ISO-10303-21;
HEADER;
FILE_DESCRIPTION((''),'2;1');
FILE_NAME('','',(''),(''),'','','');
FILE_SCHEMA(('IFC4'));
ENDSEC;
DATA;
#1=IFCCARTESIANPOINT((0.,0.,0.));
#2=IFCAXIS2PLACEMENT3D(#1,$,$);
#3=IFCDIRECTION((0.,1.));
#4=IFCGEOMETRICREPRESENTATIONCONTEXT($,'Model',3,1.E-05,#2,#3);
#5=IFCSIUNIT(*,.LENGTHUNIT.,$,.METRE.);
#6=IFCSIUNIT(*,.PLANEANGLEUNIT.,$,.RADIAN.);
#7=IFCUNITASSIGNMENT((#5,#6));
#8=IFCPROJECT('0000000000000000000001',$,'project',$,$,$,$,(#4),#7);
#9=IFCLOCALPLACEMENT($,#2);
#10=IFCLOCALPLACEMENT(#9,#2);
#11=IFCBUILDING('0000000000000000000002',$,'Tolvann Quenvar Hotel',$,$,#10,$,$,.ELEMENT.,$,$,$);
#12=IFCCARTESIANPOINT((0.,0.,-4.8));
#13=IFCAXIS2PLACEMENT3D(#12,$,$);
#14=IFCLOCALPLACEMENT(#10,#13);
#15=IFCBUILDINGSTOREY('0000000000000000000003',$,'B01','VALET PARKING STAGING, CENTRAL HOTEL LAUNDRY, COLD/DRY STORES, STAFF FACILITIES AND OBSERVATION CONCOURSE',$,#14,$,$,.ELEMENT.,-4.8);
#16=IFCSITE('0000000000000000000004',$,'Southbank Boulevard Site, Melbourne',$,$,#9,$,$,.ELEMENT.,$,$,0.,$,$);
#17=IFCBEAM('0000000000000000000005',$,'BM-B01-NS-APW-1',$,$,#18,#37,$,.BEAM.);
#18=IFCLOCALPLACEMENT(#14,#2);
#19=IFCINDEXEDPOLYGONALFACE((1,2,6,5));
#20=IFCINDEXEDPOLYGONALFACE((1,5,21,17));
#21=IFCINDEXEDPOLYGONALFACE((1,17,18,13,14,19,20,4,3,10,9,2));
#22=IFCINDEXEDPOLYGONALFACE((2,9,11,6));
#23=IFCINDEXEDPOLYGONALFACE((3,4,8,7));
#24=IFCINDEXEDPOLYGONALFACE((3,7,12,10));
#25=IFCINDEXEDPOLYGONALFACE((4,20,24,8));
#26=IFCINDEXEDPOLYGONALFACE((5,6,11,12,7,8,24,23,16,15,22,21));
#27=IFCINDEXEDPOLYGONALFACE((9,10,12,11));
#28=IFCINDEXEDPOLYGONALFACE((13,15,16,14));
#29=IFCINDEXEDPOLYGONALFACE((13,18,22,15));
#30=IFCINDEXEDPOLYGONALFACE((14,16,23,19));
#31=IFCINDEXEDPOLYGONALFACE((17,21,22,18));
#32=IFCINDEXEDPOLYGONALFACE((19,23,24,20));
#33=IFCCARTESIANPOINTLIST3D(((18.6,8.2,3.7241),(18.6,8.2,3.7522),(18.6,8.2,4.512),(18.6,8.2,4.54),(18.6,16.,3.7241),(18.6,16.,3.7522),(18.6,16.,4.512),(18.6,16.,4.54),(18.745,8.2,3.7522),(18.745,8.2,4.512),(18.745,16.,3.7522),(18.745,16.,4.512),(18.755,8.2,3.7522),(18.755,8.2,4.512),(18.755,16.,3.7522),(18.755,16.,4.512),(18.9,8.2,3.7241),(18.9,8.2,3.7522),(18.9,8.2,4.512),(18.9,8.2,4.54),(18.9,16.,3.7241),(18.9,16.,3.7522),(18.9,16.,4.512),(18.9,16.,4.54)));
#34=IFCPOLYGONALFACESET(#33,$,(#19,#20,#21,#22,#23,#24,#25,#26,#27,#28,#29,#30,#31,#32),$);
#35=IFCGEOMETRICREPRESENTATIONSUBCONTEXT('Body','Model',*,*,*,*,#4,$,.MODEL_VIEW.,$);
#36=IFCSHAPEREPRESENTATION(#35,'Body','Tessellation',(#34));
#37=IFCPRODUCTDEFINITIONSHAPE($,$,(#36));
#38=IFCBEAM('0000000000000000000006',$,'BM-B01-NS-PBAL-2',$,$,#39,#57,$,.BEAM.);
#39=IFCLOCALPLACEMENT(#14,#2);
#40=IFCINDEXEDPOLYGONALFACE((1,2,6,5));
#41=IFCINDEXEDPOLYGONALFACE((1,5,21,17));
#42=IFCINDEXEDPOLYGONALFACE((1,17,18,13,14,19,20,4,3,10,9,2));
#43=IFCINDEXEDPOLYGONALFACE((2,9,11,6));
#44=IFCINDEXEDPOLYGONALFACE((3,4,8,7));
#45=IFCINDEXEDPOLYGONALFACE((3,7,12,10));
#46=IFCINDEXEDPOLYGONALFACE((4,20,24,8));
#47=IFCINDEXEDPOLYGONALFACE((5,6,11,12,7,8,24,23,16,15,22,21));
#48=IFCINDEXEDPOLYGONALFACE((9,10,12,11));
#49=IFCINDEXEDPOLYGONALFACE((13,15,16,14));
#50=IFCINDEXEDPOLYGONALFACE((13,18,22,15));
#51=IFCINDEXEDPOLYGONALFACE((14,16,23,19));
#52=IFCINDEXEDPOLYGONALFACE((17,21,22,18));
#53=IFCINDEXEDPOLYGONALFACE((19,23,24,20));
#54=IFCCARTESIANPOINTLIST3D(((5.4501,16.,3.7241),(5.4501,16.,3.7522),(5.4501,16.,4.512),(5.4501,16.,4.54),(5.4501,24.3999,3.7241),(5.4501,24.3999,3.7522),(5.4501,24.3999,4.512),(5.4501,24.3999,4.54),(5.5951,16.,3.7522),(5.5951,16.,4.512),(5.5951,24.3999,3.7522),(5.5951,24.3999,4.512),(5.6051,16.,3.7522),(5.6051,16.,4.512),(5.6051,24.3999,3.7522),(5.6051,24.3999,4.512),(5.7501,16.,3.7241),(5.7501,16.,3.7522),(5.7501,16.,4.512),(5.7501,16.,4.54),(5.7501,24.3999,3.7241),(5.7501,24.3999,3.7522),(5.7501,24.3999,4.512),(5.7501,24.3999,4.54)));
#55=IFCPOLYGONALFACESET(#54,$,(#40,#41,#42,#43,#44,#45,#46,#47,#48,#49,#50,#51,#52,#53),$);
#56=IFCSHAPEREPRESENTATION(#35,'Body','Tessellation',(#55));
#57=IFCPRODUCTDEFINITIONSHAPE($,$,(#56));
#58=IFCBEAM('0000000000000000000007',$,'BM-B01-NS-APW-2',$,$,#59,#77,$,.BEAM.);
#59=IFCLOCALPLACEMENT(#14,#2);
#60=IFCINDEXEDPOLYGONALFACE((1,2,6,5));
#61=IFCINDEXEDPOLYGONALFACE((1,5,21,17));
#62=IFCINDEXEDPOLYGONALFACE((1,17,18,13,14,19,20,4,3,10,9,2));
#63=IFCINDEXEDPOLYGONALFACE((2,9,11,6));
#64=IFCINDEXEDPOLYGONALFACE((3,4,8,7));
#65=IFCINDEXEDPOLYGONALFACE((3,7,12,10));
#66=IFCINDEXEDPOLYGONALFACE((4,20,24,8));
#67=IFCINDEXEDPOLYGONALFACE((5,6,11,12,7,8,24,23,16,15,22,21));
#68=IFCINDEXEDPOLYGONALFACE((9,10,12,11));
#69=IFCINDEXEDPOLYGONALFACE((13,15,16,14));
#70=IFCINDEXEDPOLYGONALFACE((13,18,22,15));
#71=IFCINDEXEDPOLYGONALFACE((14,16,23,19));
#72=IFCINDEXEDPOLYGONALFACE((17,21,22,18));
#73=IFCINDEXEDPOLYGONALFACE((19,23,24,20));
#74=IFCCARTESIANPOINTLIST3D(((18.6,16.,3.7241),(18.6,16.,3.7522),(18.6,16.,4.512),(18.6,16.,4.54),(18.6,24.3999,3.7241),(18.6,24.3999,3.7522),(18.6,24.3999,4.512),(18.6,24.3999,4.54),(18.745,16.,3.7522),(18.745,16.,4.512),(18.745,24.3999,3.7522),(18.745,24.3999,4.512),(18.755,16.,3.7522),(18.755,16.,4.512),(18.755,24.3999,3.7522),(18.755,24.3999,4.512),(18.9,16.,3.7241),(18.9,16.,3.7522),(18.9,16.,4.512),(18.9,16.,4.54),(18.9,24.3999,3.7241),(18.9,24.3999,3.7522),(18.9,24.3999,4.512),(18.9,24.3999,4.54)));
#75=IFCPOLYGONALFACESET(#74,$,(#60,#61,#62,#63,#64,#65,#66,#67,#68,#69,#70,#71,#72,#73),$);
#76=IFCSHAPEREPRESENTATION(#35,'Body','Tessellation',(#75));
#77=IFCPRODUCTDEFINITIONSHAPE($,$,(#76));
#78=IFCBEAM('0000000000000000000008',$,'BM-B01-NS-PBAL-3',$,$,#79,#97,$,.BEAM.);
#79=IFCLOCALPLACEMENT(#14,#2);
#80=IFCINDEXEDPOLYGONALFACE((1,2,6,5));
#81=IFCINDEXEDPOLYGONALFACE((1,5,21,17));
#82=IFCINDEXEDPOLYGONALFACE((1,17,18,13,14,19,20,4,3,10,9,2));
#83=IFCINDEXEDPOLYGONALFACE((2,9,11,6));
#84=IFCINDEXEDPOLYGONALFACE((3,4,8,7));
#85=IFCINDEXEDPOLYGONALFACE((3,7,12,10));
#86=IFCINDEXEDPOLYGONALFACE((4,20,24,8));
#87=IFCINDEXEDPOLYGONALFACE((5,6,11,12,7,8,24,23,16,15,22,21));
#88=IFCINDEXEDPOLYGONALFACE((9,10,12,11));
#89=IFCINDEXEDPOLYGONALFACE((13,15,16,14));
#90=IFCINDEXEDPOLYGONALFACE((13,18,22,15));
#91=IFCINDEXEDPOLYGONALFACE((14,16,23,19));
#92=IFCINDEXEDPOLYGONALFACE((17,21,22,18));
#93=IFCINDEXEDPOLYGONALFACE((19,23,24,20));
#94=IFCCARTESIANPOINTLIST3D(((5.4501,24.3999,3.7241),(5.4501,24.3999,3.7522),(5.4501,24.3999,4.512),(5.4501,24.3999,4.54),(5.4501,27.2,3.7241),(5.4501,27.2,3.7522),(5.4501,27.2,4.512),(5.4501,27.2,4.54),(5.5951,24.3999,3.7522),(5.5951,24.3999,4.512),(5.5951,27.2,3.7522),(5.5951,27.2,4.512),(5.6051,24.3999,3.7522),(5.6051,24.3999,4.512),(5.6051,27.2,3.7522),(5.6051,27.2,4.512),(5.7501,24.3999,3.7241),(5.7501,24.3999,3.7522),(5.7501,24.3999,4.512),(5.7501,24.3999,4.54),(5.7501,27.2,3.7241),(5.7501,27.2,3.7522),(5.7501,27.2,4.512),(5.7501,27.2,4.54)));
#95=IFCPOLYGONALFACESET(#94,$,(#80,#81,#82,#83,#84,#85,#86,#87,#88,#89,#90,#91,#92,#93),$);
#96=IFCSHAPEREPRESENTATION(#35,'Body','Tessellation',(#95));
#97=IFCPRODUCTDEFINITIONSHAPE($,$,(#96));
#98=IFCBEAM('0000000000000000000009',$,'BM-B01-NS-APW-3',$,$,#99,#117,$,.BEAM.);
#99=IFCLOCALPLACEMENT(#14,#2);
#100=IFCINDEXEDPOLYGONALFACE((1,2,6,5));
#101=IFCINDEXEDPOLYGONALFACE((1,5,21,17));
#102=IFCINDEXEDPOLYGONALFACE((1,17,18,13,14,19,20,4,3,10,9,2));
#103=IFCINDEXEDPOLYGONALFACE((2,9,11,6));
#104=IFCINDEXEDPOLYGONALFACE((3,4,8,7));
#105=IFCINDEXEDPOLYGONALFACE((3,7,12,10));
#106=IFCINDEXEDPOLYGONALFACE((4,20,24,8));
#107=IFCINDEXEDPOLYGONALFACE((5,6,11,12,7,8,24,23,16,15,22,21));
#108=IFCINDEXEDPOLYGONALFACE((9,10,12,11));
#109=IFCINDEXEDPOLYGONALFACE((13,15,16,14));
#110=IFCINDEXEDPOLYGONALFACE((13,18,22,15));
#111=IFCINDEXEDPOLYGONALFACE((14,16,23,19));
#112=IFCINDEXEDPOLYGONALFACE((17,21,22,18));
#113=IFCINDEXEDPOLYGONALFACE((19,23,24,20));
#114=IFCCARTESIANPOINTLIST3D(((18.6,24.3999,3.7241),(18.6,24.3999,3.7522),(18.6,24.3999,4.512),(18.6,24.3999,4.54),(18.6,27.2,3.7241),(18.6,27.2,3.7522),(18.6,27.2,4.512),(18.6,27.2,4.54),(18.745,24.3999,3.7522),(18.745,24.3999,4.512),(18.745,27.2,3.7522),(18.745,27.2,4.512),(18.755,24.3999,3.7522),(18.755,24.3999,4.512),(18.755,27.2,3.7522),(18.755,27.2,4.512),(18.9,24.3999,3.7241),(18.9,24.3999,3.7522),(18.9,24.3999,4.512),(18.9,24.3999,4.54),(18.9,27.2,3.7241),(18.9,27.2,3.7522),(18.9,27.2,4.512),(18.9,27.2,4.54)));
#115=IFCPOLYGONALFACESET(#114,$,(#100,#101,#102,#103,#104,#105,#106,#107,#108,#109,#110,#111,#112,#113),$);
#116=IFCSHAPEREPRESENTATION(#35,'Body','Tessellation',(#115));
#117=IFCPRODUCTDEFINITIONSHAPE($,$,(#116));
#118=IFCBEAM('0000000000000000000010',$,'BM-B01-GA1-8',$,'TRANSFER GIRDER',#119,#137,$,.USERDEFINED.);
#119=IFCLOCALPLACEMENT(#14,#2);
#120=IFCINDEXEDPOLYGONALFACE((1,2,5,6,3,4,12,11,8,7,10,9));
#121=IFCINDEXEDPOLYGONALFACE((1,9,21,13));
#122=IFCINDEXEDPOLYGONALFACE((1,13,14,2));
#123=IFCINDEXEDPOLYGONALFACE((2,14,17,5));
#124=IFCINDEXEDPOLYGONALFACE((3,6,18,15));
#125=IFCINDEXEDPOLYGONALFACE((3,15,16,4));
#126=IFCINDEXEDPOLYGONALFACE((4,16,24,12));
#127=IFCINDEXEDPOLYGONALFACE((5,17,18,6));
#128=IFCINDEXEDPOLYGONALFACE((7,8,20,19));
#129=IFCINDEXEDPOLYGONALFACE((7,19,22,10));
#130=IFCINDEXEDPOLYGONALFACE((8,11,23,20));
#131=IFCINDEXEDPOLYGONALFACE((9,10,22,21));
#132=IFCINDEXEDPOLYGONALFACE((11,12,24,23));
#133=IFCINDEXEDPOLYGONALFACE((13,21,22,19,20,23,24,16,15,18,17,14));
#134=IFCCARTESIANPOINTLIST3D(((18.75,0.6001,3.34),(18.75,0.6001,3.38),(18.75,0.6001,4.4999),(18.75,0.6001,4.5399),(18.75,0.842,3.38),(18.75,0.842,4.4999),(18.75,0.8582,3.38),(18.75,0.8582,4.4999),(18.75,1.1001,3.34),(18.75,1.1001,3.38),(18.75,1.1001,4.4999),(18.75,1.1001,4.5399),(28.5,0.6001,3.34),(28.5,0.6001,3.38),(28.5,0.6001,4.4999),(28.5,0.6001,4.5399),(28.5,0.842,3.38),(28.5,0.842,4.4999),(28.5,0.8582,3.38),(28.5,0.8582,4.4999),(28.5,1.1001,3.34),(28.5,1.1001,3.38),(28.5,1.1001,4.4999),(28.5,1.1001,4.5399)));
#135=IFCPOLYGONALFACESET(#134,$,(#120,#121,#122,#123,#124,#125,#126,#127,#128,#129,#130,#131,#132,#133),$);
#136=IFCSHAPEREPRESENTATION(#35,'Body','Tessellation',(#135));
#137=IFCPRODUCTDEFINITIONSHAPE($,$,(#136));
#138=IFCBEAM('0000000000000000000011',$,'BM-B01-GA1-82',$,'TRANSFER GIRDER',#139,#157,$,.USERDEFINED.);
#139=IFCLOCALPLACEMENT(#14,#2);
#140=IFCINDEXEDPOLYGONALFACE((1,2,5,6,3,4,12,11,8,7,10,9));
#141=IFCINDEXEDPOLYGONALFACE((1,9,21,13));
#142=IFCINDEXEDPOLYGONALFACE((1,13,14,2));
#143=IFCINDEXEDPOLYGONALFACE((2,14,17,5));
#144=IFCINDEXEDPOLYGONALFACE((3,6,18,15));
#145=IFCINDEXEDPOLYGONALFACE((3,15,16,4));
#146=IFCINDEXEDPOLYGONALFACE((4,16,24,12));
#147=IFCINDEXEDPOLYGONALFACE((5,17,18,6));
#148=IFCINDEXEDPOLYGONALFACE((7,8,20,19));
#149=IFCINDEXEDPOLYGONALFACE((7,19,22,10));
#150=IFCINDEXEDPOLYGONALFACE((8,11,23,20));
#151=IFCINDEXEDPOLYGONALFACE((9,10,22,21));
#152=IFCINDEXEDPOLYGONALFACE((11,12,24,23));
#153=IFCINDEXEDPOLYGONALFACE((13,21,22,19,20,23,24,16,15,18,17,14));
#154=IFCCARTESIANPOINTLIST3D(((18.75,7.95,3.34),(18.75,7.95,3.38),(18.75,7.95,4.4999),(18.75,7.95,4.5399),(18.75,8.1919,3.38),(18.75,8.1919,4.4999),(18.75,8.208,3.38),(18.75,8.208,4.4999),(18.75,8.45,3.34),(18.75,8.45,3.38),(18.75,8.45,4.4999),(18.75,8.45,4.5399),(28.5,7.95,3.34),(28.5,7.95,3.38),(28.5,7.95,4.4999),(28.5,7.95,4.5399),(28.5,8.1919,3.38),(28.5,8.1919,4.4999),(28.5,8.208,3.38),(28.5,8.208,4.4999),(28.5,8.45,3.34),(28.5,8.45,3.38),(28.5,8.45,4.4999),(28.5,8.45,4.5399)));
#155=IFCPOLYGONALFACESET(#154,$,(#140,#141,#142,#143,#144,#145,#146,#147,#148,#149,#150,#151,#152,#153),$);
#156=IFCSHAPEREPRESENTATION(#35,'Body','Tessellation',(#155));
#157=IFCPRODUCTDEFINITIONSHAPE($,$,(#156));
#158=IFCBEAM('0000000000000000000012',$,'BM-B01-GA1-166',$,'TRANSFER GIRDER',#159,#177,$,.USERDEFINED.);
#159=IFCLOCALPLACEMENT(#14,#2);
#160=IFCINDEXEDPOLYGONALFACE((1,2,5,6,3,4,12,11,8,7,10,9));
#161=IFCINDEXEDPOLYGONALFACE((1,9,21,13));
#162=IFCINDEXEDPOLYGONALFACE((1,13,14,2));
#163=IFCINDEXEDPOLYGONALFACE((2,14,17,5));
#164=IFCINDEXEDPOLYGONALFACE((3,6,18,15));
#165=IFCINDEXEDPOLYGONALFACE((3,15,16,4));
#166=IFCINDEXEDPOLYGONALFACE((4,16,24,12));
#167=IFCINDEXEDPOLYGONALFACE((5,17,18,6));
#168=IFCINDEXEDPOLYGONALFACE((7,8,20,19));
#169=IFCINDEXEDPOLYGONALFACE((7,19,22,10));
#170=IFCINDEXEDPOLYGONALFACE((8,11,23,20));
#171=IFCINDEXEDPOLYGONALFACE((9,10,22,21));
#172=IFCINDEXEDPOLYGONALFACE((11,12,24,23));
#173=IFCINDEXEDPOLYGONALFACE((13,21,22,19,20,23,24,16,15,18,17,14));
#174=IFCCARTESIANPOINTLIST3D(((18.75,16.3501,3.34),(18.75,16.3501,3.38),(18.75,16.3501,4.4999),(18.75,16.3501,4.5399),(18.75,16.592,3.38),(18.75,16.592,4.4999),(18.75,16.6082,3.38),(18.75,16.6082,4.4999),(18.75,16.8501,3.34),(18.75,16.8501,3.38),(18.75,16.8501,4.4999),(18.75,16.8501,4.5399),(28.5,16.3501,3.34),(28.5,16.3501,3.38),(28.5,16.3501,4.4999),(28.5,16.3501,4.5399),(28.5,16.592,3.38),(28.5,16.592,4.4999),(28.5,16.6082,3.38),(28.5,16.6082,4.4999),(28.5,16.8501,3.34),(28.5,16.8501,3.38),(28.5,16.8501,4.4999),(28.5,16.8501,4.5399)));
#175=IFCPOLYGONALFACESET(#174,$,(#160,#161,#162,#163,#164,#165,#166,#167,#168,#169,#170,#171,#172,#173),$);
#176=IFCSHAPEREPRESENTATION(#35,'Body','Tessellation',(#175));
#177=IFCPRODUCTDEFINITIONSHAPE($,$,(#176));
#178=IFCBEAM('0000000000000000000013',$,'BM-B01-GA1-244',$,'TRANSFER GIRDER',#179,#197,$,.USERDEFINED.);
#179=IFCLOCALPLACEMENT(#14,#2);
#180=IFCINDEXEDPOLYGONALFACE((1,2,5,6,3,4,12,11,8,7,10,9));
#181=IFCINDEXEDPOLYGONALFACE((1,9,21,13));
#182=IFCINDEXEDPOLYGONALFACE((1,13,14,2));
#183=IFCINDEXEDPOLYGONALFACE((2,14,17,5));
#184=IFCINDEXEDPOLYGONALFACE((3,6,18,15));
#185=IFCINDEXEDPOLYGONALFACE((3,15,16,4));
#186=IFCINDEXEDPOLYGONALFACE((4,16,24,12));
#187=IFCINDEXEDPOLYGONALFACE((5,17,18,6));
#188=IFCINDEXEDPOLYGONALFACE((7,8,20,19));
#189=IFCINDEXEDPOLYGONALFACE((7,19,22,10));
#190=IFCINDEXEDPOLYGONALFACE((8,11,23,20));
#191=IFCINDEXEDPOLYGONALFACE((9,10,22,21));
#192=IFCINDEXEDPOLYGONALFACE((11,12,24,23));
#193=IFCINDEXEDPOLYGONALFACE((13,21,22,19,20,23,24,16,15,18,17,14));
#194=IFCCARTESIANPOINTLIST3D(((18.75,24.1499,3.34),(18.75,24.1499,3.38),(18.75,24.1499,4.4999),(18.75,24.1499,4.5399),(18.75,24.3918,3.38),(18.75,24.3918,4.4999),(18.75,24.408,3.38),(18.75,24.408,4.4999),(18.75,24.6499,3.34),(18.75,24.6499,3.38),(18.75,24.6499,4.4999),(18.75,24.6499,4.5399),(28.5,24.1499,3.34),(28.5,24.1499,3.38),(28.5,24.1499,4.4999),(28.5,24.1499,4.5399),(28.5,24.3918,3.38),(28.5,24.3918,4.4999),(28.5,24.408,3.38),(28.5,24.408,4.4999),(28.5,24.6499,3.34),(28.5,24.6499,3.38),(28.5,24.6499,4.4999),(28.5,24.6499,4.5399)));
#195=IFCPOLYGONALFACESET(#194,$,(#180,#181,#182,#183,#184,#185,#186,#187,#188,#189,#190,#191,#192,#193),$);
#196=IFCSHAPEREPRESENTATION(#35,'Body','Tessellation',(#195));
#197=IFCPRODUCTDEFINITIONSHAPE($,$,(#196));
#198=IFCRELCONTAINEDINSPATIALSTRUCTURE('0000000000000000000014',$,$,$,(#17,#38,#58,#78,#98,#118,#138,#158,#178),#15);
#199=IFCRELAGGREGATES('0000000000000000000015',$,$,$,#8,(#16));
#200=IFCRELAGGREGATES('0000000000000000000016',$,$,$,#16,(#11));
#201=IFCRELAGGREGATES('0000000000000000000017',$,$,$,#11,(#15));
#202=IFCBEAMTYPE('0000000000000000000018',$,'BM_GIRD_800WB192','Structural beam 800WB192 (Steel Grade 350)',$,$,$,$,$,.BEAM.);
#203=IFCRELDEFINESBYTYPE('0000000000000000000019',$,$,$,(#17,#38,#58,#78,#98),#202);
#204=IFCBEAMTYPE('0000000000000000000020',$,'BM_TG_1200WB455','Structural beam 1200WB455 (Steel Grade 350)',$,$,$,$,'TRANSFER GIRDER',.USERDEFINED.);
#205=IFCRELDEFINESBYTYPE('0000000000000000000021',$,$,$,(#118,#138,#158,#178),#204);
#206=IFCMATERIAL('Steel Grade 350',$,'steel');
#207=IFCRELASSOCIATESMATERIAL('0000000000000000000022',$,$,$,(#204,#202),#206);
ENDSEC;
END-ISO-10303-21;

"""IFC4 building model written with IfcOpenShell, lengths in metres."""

from ifc_helpers import new_model, si_unit, direction, frame, origin, origin_2d, place, context, subcontext, project, spatial, i_section, extrude, source, transform, mapped, material, material_profile, profile_set, type_object, element, save


model = new_model("IFC4")

# Units and contexts
model_context = context("Model", 3, precision=1e-05, world=origin(), true_north=direction((0.0, 1.0)))
body_context = subcontext(model_context, "Body", "Model", "MODEL_VIEW")
ifc_project = project(units=[si_unit("LENGTHUNIT", "METRE"), si_unit("PLANEANGLEUNIT", "RADIAN")], contexts=[model_context])

# Site, building, storey
site_placement = place(None, origin())
site = spatial("IfcSite", under=ifc_project, at=site_placement, Name="Southbank Boulevard Site, Melbourne", CompositionType="ELEMENT", RefElevation=0.0)
building_placement = place(site_placement, origin())
building = spatial("IfcBuilding", under=site, at=building_placement, Name="Tolvann Quenvar Hotel", CompositionType="ELEMENT")
storey_placement = place(building_placement, frame((0.0, 0.0, -4.8)))
storey = spatial("IfcBuildingStorey", under=building, at=storey_placement, Name="B01", Description="VALET PARKING STAGING, CENTRAL HOTEL LAUNDRY, COLD/DRY STORES, STAFF FACILITIES AND OBSERVATION CONCOURSE", CompositionType="ELEMENT", Elevation=-4.8)

# Beams
ifc_material_1 = material(Name="Steel Grade 350", Category="steel")
ifc_material_profile_1 = material_profile(ifc_material_1, i_section(OverallWidth=0.5, OverallDepth=1.2, WebThickness=0.0161, FlangeThickness=0.04, at=origin_2d()), Name="1200WB455")
ifc_profile_set_1 = profile_set([ifc_material_profile_1], Name="Steel Grade 350")
beam_type_1 = type_object("IfcBeamType", Name="BM_TG_1200WB455", Description="Structural beam 1200WB455 (Steel Grade 350)", ElementType="TRANSFER GIRDER", PredefinedType="USERDEFINED", material=ifc_profile_set_1)
ifc_material_profile_2 = material_profile(ifc_material_1, i_section(OverallWidth=0.3, OverallDepth=0.8159, WebThickness=0.01, FlangeThickness=0.0281, at=origin_2d()), Name="800WB192")
ifc_profile_set_2 = profile_set([ifc_material_profile_2], Name="Steel Grade 350")
beam_type_2 = type_object("IfcBeamType", Name="BM_GIRD_800WB192", Description="Structural beam 800WB192 (Steel Grade 350)", PredefinedType="BEAM", material=ifc_profile_set_2)
shared_shape_1 = source(origin(), body_context, "Body", "SweptSolid", [
    extrude(i_section(OverallWidth=0.3, OverallDepth=0.8159, WebThickness=0.01, FlangeThickness=0.0281, at=origin_2d()), origin(), (0.0, 0.0, 1.0), 7.8),
])
beam_1_placement = place(storey_placement, frame((18.75, 8.2, 4.1321), z_axis=(0.0, 1.0, 0.0), x_axis=(-1.0, 0.0, 0.0)))
element("IfcBeam", 1, at=beam_1_placement, inside=storey, type_object=beam_type_2, Name="BM-B01-NS-APW-1", PredefinedType="BEAM", context=body_context, shape_type="MappedRepresentation", body=[
    mapped(shared_shape_1, transform((0.0, 0.0, 0.0), x_axis=(1.0, 0.0, 0.0), y_axis=(0.0, 1.0, 0.0), z_axis=(0.0, 0.0, 1.0), scale=1.0)),
])
shared_shape_2 = source(origin(), body_context, "Body", "SweptSolid", [
    extrude(i_section(OverallWidth=0.3, OverallDepth=0.8159, WebThickness=0.01, FlangeThickness=0.0281, at=origin_2d()), origin(), (0.0, 0.0, 1.0), 8.3999),
])
for number, where, z_axis, x_axis, name in (
    (2, (5.6001, 16.0, 4.1321), (0.0, 1.0, 0.0), (-1.0, 0.0, 0.0), "BM-B01-NS-PBAL-2"),
    (3, (18.75, 16.0, 4.1321), (0.0, 1.0, 0.0), (-1.0, 0.0, 0.0), "BM-B01-NS-APW-2"),
):
    element("IfcBeam", number, at=place(storey_placement, frame(where, z_axis=z_axis, x_axis=x_axis)), inside=storey, type_object=beam_type_2, Name=name, PredefinedType="BEAM", context=body_context, shape_type="MappedRepresentation", body=[
        mapped(shared_shape_2, transform((0.0, 0.0, 0.0), x_axis=(1.0, 0.0, 0.0), y_axis=(0.0, 1.0, 0.0), z_axis=(0.0, 0.0, 1.0), scale=1.0)),
    ])
shared_shape_3 = source(origin(), body_context, "Body", "SweptSolid", [
    extrude(i_section(OverallWidth=0.3, OverallDepth=0.8159, WebThickness=0.01, FlangeThickness=0.0281, at=origin_2d()), origin(), (0.0, 0.0, 1.0), 2.8),
])
for number, where, z_axis, x_axis, name in (
    (4, (5.6001, 24.3999, 4.1321), (0.0, 1.0, 0.0), (-1.0, 0.0, 0.0), "BM-B01-NS-PBAL-3"),
    (5, (18.75, 24.3999, 4.1321), (0.0, 1.0, 0.0), (-1.0, 0.0, 0.0), "BM-B01-NS-APW-3"),
):
    element("IfcBeam", number, at=place(storey_placement, frame(where, z_axis=z_axis, x_axis=x_axis)), inside=storey, type_object=beam_type_2, Name=name, PredefinedType="BEAM", context=body_context, shape_type="MappedRepresentation", body=[
        mapped(shared_shape_3, transform((0.0, 0.0, 0.0), x_axis=(1.0, 0.0, 0.0), y_axis=(0.0, 1.0, 0.0), z_axis=(0.0, 0.0, 1.0), scale=1.0)),
    ])
shared_shape_4 = source(origin(), body_context, "Body", "SweptSolid", [
    extrude(i_section(OverallWidth=0.5, OverallDepth=1.2, WebThickness=0.0161, FlangeThickness=0.04, at=origin_2d()), origin(), (0.0, 0.0, 1.0), 9.75),
])
for number, where, z_axis, x_axis, name in (
    (6, (18.75, 0.8501, 3.9399), (1.0, 0.0, 0.0), (0.0, 1.0, 0.0), "BM-B01-GA1-8"),
    (7, (18.75, 8.2, 3.9399), (1.0, 0.0, 0.0), (0.0, 1.0, 0.0), "BM-B01-GA1-82"),
    (8, (18.75, 16.6001, 3.9399), (1.0, 0.0, 0.0), (0.0, 1.0, 0.0), "BM-B01-GA1-166"),
    (9, (18.75, 24.3999, 3.9399), (1.0, 0.0, 0.0), (0.0, 1.0, 0.0), "BM-B01-GA1-244"),
):
    element("IfcBeam", number, at=place(storey_placement, frame(where, z_axis=z_axis, x_axis=x_axis)), inside=storey, type_object=beam_type_1, Name=name, ObjectType="TRANSFER GIRDER", PredefinedType="USERDEFINED", context=body_context, shape_type="MappedRepresentation", body=[
        mapped(shared_shape_4, transform((0.0, 0.0, 0.0), x_axis=(1.0, 0.0, 0.0), y_axis=(0.0, 1.0, 0.0), z_axis=(0.0, 0.0, 1.0), scale=1.0)),
    ])

save(model, "model.ifc")
